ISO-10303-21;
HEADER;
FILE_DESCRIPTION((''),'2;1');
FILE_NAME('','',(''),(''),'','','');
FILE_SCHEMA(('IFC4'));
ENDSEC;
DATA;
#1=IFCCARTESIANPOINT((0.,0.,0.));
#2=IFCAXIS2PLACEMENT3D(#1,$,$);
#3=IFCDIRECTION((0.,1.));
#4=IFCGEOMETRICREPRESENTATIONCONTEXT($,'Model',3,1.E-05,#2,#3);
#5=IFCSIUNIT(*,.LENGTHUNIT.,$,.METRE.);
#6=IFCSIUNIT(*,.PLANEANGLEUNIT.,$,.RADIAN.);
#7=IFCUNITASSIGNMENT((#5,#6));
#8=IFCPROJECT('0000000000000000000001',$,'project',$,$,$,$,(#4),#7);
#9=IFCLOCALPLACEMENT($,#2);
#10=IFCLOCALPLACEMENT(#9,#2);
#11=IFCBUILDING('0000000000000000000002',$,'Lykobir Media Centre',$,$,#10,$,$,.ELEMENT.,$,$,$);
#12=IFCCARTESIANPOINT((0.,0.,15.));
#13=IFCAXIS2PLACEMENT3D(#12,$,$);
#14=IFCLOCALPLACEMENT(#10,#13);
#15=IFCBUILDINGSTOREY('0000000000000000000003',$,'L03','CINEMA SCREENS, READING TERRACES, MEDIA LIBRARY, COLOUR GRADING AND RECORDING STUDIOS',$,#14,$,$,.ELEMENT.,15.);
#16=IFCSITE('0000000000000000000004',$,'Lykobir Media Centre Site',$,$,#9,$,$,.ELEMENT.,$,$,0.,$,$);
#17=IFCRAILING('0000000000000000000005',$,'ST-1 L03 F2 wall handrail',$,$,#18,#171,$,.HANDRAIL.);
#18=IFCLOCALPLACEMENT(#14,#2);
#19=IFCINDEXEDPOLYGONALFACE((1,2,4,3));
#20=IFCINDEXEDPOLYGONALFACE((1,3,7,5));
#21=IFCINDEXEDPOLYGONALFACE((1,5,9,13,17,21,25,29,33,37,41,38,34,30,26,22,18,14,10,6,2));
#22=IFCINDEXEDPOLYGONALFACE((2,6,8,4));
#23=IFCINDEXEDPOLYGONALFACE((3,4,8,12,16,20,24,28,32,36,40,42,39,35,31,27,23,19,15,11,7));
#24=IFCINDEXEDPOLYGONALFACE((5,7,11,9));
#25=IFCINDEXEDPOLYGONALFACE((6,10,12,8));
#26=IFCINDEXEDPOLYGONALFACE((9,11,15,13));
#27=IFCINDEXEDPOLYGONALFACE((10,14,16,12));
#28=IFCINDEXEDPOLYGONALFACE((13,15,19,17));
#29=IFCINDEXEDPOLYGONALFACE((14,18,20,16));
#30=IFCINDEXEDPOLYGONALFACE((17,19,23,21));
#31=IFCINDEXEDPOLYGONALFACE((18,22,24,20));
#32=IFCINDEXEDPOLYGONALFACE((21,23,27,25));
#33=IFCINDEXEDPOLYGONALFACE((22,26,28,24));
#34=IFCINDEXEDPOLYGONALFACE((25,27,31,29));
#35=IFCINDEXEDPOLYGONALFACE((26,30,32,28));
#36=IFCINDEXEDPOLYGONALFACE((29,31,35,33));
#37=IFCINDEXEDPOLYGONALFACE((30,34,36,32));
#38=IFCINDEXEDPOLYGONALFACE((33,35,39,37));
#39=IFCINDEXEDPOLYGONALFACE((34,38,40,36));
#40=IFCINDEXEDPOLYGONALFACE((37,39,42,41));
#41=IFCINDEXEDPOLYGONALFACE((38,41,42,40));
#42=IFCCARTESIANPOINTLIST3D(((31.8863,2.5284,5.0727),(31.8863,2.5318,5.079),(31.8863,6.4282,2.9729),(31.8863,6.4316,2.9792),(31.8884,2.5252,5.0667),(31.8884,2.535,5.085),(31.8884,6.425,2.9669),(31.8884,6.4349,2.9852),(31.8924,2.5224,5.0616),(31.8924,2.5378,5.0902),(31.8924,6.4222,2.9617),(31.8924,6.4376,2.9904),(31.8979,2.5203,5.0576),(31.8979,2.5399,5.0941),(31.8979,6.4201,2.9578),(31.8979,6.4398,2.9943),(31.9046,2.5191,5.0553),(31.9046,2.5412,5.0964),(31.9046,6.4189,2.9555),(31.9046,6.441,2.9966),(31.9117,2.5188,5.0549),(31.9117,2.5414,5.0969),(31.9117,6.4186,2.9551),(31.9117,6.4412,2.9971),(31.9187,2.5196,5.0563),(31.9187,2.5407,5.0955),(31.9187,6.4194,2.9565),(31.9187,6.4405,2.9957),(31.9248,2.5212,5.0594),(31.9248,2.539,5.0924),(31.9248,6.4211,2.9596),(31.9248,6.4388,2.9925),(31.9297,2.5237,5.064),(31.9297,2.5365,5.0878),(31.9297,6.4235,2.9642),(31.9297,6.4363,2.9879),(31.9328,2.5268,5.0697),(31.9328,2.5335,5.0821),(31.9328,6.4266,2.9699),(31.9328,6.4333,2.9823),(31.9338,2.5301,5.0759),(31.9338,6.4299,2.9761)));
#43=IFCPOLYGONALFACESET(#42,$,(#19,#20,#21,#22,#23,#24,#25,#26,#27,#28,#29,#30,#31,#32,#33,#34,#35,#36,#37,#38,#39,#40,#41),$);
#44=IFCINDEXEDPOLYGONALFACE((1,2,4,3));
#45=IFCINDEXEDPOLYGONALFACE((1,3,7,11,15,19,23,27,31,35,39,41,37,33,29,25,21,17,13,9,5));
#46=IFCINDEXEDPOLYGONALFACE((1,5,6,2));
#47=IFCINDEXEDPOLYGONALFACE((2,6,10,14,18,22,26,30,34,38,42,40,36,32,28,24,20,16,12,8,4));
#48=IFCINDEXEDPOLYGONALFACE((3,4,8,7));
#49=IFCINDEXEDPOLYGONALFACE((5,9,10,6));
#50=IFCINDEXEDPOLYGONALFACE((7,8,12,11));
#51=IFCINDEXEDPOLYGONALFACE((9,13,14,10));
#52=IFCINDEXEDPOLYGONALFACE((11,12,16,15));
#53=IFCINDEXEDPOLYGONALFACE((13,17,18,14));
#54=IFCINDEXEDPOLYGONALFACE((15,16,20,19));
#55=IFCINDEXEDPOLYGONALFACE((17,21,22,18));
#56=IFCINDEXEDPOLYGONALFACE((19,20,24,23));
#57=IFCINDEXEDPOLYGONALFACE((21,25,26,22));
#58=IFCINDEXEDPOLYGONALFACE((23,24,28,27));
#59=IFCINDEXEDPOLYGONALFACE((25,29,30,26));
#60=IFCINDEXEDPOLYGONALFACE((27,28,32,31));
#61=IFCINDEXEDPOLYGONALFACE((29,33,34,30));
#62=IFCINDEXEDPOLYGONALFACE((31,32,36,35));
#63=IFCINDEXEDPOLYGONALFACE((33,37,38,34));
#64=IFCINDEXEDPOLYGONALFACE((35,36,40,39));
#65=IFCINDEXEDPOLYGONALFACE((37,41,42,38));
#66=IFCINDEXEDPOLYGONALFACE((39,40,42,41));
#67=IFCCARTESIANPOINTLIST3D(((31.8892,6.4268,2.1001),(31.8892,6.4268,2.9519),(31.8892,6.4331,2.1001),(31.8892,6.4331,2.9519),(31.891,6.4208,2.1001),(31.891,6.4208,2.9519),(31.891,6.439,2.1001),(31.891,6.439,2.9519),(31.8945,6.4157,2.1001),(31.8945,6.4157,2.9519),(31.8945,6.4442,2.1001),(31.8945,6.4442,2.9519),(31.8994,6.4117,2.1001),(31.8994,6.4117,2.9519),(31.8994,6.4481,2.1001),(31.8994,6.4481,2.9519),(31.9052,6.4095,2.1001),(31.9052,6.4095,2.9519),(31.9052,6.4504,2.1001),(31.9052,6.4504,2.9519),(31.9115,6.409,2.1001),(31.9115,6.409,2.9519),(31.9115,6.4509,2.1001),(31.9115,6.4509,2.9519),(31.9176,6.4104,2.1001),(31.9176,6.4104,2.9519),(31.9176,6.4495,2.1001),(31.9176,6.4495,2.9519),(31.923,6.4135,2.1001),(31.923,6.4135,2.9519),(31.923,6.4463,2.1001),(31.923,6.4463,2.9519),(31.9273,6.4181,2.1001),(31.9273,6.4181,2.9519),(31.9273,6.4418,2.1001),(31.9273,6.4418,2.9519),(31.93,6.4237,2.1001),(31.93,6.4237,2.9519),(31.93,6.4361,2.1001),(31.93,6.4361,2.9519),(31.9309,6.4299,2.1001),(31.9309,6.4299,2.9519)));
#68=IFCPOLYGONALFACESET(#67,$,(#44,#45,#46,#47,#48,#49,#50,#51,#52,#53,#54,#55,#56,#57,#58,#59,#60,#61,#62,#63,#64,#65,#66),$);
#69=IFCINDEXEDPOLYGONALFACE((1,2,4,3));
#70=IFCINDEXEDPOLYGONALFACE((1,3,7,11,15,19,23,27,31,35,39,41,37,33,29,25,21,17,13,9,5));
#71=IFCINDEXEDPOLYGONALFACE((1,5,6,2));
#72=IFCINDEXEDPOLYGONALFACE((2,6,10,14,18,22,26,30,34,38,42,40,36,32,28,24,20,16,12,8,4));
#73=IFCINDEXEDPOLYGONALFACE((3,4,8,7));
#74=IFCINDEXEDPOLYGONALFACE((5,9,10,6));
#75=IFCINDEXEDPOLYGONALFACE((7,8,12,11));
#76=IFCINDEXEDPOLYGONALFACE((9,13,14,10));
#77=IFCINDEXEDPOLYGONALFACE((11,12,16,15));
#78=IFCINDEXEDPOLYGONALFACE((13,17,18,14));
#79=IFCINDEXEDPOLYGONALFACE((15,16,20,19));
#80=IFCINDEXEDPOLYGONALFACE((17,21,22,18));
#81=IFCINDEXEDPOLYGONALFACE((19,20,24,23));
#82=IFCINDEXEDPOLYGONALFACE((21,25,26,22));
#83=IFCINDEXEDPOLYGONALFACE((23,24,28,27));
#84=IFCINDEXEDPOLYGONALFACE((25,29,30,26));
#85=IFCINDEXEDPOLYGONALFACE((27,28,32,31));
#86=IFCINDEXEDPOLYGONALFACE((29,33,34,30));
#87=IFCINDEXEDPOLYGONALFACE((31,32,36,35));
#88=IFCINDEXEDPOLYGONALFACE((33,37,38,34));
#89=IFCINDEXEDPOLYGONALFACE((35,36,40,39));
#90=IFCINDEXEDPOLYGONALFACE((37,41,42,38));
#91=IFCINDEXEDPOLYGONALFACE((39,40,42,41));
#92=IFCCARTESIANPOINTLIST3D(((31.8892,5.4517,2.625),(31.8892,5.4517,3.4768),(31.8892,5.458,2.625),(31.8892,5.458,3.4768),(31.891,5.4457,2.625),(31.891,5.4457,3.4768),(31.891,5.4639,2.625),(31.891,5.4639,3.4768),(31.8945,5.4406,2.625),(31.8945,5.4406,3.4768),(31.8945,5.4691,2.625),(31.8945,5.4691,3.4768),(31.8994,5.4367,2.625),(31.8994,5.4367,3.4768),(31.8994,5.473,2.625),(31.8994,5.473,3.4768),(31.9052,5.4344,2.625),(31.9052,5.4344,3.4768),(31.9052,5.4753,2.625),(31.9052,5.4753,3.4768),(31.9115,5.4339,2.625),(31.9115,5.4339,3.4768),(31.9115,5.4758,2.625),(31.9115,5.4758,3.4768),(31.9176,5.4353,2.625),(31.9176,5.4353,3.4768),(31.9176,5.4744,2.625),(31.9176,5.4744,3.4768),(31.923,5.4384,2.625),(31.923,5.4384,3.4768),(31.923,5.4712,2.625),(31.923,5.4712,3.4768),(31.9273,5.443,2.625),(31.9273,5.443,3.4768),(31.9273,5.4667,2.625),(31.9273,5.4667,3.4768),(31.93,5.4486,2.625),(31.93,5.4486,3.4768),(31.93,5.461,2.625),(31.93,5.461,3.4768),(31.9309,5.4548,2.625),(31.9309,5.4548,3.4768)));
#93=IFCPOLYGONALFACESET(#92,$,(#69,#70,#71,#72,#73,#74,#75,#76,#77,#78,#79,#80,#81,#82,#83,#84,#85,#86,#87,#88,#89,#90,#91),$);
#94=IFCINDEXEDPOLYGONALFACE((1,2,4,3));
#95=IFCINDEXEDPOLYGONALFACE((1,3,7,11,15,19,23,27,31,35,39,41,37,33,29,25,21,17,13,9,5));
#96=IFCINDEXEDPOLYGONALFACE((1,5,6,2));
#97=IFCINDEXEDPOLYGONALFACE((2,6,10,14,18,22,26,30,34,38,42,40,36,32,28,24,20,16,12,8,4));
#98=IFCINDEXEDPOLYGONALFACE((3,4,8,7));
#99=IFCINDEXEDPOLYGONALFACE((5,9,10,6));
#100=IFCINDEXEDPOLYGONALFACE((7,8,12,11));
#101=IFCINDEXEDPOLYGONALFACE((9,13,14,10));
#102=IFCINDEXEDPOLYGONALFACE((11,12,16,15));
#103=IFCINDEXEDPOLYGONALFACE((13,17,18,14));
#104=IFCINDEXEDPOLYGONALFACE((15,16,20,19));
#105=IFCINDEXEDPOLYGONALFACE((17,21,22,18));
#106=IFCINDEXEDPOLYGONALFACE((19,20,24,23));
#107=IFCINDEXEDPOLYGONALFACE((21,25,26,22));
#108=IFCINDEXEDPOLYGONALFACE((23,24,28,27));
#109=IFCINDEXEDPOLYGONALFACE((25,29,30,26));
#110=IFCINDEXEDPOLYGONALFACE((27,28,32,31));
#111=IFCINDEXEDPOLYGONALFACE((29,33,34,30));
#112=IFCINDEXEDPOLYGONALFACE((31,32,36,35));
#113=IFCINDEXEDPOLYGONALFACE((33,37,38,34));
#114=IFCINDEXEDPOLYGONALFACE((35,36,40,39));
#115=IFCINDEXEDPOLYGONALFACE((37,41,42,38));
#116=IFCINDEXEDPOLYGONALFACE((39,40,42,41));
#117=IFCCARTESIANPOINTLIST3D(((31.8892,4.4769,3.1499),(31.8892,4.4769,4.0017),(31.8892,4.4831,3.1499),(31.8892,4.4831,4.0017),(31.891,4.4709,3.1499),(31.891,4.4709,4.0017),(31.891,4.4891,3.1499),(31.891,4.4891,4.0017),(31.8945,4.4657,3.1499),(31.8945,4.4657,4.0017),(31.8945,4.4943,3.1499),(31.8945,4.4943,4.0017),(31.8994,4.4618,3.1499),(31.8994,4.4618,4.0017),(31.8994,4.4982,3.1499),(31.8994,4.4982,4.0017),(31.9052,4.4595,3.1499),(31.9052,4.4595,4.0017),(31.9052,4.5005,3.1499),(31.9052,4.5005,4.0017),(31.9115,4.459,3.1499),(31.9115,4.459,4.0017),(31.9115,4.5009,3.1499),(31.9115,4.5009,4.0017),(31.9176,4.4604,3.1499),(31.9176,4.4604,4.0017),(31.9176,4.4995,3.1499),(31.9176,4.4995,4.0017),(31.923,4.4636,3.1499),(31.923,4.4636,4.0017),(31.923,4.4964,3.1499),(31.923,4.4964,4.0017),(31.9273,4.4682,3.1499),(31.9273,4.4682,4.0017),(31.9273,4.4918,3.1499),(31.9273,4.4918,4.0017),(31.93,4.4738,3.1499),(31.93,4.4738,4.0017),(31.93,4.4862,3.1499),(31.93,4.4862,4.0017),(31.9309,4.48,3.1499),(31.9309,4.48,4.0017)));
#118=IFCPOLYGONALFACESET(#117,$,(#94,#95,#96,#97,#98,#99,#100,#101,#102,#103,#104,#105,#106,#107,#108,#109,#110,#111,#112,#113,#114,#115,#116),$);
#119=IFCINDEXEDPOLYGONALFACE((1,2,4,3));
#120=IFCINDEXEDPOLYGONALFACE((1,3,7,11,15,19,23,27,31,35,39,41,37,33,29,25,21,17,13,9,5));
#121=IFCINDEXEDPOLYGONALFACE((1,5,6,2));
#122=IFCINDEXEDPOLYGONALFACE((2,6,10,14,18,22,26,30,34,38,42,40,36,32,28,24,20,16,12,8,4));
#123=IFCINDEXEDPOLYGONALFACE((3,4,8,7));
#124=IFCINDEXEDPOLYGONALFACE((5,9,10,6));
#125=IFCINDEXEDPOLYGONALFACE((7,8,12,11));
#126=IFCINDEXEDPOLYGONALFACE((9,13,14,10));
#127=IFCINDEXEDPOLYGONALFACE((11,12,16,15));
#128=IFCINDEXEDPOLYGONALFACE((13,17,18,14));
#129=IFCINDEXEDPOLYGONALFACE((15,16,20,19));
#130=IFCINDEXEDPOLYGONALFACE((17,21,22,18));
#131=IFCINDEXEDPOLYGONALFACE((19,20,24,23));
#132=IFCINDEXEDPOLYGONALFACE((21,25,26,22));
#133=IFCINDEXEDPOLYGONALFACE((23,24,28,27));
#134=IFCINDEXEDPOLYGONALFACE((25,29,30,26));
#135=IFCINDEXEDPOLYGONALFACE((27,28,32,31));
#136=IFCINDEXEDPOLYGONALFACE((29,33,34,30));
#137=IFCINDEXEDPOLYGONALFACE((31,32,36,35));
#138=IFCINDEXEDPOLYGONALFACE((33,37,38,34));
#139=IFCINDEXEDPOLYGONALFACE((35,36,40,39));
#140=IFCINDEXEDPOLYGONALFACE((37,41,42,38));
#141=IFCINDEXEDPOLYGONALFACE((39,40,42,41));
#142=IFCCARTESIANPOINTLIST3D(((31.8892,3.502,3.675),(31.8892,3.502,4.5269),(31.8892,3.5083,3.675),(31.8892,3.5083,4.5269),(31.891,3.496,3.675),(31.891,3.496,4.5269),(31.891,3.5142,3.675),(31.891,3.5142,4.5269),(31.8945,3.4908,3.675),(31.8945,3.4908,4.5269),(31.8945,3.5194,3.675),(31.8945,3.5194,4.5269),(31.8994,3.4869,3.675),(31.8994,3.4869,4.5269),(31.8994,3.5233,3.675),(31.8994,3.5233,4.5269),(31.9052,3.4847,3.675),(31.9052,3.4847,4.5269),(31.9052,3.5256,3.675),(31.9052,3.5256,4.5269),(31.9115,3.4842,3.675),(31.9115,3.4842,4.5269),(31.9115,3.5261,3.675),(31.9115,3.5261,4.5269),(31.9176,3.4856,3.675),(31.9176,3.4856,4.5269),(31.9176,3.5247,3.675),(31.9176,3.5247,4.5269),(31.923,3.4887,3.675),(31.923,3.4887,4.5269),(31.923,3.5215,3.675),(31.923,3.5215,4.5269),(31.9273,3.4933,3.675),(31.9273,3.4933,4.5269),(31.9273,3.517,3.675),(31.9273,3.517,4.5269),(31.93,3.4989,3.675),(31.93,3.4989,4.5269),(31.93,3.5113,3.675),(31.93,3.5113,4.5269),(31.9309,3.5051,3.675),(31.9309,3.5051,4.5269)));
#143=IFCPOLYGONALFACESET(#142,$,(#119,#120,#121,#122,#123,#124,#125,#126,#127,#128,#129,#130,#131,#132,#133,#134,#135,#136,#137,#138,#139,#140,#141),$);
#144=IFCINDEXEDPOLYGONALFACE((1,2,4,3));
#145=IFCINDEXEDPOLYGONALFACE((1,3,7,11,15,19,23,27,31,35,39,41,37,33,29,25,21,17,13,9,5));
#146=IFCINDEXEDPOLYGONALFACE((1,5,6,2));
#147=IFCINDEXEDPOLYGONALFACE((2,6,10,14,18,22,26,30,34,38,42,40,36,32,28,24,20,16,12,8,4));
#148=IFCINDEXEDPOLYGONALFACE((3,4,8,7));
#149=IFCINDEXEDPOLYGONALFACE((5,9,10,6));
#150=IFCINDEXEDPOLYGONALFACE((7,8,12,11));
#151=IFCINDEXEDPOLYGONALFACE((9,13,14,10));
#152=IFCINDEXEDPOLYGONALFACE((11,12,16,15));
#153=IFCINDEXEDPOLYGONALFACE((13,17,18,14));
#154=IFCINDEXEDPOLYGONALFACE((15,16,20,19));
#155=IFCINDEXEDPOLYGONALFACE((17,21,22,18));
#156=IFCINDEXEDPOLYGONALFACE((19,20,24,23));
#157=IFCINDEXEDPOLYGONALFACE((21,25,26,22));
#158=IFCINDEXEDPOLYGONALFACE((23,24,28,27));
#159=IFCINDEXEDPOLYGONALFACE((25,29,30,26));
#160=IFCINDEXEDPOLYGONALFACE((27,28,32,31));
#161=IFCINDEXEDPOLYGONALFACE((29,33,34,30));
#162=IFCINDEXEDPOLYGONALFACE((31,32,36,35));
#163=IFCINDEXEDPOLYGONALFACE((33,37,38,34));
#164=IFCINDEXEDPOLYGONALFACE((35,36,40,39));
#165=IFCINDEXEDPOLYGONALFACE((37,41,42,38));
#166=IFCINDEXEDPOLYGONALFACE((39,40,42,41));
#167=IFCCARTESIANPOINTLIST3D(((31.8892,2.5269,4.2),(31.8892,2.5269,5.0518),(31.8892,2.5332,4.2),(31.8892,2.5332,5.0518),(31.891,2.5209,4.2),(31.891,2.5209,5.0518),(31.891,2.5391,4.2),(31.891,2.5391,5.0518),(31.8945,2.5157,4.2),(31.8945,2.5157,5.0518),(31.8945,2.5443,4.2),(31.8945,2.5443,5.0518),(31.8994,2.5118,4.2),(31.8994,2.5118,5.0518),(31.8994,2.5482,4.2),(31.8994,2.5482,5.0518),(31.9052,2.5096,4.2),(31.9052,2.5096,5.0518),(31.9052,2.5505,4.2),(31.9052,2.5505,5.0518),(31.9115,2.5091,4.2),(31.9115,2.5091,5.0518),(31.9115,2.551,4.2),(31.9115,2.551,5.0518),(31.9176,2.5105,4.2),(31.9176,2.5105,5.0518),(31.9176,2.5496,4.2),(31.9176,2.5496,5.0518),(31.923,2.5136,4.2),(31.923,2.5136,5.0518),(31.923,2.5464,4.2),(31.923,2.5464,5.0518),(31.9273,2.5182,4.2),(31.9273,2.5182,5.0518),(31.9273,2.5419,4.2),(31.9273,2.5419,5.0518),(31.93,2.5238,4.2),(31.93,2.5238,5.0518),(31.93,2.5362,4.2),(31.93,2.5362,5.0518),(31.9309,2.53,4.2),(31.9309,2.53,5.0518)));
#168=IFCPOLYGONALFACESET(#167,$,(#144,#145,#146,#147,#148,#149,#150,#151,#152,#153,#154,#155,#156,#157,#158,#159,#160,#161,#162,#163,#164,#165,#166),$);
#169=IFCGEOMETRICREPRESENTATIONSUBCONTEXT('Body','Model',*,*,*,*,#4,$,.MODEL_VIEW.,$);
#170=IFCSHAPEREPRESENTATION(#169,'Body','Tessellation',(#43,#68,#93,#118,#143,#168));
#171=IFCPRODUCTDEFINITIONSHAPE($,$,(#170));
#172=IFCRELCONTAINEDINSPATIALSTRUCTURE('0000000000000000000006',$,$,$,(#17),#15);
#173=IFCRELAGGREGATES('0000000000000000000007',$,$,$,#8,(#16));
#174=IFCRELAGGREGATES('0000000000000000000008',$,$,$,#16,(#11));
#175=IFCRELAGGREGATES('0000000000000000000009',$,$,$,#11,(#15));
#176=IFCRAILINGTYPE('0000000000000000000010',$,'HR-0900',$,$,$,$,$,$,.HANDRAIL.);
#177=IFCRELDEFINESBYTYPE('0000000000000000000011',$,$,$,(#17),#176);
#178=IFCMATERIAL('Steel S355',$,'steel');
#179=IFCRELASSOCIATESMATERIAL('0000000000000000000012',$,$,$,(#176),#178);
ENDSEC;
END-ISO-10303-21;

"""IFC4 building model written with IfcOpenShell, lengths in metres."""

from ifc_helpers import new_model, si_unit, direction, frame, origin, origin_2d, place, context, subcontext, project, spatial, circle, extrude, material, type_object, element, save


model = new_model("IFC4")

# Units and contexts
model_context = context("Model", 3, precision=1e-05, world=origin(), true_north=direction((0.0, 1.0)))
body_context = subcontext(model_context, "Body", "Model", "MODEL_VIEW")
ifc_project = project(units=[si_unit("LENGTHUNIT", "METRE"), si_unit("PLANEANGLEUNIT", "RADIAN")], contexts=[model_context])

# Site, building, storey
site_placement = place(None, origin())
site = spatial("IfcSite", under=ifc_project, at=site_placement, Name="Lykobir Media Centre Site", CompositionType="ELEMENT", RefElevation=0.0)
building_placement = place(site_placement, origin())
building = spatial("IfcBuilding", under=site, at=building_placement, Name="Lykobir Media Centre", CompositionType="ELEMENT")
storey_placement = place(building_placement, frame((0.0, 0.0, 15.0)))
storey = spatial("IfcBuildingStorey", under=building, at=storey_placement, Name="L03", Description="CINEMA SCREENS, READING TERRACES, MEDIA LIBRARY, COLOUR GRADING AND RECORDING STUDIOS", CompositionType="ELEMENT", Elevation=15.0)

# Shared definitions
ifc_material_1 = material(Name="Steel S355", Category="steel")

# Railing
railing_type_1 = type_object("IfcRailingType", Name="HR-0900", PredefinedType="HANDRAIL", material=ifc_material_1)
railing_1_placement = place(storey_placement, frame((31.9099, 6.4299, 2.1001)))
element("IfcRailing", 1, at=railing_1_placement, inside=storey, type_object=railing_type_1, Name="ST-1 L03 F2 wall handrail", PredefinedType="HANDRAIL", context=body_context, shape_type="SweptSolid", body=[
    extrude(circle(Radius=0.0239, at=origin_2d()), frame((0.0, 0.0, 0.876), z_axis=(0.0, -0.88048, 0.474083), x_axis=(1.0, 0.0, 0.0)), (0.0, 0.0, 1.0), 4.4292),
    extrude(circle(Radius=0.021, at=origin_2d()), origin(), (0.0, 0.0, 1.0), 0.8518),
    extrude(circle(Radius=0.021, at=origin_2d()), frame((0.0, -0.9751, 0.5249)), (0.0, 0.0, 1.0), 0.8518),
    extrude(circle(Radius=0.021, at=origin_2d()), frame((0.0, -1.95, 1.0498)), (0.0, 0.0, 1.0), 0.8518),
    extrude(circle(Radius=0.021, at=origin_2d()), frame((0.0, -2.9248, 1.575)), (0.0, 0.0, 1.0), 0.8518),
    extrude(circle(Radius=0.021, at=origin_2d()), frame((0.0, -3.8999, 2.0999)), (0.0, 0.0, 1.0), 0.8518),
])

save(model, "model.ifc")
